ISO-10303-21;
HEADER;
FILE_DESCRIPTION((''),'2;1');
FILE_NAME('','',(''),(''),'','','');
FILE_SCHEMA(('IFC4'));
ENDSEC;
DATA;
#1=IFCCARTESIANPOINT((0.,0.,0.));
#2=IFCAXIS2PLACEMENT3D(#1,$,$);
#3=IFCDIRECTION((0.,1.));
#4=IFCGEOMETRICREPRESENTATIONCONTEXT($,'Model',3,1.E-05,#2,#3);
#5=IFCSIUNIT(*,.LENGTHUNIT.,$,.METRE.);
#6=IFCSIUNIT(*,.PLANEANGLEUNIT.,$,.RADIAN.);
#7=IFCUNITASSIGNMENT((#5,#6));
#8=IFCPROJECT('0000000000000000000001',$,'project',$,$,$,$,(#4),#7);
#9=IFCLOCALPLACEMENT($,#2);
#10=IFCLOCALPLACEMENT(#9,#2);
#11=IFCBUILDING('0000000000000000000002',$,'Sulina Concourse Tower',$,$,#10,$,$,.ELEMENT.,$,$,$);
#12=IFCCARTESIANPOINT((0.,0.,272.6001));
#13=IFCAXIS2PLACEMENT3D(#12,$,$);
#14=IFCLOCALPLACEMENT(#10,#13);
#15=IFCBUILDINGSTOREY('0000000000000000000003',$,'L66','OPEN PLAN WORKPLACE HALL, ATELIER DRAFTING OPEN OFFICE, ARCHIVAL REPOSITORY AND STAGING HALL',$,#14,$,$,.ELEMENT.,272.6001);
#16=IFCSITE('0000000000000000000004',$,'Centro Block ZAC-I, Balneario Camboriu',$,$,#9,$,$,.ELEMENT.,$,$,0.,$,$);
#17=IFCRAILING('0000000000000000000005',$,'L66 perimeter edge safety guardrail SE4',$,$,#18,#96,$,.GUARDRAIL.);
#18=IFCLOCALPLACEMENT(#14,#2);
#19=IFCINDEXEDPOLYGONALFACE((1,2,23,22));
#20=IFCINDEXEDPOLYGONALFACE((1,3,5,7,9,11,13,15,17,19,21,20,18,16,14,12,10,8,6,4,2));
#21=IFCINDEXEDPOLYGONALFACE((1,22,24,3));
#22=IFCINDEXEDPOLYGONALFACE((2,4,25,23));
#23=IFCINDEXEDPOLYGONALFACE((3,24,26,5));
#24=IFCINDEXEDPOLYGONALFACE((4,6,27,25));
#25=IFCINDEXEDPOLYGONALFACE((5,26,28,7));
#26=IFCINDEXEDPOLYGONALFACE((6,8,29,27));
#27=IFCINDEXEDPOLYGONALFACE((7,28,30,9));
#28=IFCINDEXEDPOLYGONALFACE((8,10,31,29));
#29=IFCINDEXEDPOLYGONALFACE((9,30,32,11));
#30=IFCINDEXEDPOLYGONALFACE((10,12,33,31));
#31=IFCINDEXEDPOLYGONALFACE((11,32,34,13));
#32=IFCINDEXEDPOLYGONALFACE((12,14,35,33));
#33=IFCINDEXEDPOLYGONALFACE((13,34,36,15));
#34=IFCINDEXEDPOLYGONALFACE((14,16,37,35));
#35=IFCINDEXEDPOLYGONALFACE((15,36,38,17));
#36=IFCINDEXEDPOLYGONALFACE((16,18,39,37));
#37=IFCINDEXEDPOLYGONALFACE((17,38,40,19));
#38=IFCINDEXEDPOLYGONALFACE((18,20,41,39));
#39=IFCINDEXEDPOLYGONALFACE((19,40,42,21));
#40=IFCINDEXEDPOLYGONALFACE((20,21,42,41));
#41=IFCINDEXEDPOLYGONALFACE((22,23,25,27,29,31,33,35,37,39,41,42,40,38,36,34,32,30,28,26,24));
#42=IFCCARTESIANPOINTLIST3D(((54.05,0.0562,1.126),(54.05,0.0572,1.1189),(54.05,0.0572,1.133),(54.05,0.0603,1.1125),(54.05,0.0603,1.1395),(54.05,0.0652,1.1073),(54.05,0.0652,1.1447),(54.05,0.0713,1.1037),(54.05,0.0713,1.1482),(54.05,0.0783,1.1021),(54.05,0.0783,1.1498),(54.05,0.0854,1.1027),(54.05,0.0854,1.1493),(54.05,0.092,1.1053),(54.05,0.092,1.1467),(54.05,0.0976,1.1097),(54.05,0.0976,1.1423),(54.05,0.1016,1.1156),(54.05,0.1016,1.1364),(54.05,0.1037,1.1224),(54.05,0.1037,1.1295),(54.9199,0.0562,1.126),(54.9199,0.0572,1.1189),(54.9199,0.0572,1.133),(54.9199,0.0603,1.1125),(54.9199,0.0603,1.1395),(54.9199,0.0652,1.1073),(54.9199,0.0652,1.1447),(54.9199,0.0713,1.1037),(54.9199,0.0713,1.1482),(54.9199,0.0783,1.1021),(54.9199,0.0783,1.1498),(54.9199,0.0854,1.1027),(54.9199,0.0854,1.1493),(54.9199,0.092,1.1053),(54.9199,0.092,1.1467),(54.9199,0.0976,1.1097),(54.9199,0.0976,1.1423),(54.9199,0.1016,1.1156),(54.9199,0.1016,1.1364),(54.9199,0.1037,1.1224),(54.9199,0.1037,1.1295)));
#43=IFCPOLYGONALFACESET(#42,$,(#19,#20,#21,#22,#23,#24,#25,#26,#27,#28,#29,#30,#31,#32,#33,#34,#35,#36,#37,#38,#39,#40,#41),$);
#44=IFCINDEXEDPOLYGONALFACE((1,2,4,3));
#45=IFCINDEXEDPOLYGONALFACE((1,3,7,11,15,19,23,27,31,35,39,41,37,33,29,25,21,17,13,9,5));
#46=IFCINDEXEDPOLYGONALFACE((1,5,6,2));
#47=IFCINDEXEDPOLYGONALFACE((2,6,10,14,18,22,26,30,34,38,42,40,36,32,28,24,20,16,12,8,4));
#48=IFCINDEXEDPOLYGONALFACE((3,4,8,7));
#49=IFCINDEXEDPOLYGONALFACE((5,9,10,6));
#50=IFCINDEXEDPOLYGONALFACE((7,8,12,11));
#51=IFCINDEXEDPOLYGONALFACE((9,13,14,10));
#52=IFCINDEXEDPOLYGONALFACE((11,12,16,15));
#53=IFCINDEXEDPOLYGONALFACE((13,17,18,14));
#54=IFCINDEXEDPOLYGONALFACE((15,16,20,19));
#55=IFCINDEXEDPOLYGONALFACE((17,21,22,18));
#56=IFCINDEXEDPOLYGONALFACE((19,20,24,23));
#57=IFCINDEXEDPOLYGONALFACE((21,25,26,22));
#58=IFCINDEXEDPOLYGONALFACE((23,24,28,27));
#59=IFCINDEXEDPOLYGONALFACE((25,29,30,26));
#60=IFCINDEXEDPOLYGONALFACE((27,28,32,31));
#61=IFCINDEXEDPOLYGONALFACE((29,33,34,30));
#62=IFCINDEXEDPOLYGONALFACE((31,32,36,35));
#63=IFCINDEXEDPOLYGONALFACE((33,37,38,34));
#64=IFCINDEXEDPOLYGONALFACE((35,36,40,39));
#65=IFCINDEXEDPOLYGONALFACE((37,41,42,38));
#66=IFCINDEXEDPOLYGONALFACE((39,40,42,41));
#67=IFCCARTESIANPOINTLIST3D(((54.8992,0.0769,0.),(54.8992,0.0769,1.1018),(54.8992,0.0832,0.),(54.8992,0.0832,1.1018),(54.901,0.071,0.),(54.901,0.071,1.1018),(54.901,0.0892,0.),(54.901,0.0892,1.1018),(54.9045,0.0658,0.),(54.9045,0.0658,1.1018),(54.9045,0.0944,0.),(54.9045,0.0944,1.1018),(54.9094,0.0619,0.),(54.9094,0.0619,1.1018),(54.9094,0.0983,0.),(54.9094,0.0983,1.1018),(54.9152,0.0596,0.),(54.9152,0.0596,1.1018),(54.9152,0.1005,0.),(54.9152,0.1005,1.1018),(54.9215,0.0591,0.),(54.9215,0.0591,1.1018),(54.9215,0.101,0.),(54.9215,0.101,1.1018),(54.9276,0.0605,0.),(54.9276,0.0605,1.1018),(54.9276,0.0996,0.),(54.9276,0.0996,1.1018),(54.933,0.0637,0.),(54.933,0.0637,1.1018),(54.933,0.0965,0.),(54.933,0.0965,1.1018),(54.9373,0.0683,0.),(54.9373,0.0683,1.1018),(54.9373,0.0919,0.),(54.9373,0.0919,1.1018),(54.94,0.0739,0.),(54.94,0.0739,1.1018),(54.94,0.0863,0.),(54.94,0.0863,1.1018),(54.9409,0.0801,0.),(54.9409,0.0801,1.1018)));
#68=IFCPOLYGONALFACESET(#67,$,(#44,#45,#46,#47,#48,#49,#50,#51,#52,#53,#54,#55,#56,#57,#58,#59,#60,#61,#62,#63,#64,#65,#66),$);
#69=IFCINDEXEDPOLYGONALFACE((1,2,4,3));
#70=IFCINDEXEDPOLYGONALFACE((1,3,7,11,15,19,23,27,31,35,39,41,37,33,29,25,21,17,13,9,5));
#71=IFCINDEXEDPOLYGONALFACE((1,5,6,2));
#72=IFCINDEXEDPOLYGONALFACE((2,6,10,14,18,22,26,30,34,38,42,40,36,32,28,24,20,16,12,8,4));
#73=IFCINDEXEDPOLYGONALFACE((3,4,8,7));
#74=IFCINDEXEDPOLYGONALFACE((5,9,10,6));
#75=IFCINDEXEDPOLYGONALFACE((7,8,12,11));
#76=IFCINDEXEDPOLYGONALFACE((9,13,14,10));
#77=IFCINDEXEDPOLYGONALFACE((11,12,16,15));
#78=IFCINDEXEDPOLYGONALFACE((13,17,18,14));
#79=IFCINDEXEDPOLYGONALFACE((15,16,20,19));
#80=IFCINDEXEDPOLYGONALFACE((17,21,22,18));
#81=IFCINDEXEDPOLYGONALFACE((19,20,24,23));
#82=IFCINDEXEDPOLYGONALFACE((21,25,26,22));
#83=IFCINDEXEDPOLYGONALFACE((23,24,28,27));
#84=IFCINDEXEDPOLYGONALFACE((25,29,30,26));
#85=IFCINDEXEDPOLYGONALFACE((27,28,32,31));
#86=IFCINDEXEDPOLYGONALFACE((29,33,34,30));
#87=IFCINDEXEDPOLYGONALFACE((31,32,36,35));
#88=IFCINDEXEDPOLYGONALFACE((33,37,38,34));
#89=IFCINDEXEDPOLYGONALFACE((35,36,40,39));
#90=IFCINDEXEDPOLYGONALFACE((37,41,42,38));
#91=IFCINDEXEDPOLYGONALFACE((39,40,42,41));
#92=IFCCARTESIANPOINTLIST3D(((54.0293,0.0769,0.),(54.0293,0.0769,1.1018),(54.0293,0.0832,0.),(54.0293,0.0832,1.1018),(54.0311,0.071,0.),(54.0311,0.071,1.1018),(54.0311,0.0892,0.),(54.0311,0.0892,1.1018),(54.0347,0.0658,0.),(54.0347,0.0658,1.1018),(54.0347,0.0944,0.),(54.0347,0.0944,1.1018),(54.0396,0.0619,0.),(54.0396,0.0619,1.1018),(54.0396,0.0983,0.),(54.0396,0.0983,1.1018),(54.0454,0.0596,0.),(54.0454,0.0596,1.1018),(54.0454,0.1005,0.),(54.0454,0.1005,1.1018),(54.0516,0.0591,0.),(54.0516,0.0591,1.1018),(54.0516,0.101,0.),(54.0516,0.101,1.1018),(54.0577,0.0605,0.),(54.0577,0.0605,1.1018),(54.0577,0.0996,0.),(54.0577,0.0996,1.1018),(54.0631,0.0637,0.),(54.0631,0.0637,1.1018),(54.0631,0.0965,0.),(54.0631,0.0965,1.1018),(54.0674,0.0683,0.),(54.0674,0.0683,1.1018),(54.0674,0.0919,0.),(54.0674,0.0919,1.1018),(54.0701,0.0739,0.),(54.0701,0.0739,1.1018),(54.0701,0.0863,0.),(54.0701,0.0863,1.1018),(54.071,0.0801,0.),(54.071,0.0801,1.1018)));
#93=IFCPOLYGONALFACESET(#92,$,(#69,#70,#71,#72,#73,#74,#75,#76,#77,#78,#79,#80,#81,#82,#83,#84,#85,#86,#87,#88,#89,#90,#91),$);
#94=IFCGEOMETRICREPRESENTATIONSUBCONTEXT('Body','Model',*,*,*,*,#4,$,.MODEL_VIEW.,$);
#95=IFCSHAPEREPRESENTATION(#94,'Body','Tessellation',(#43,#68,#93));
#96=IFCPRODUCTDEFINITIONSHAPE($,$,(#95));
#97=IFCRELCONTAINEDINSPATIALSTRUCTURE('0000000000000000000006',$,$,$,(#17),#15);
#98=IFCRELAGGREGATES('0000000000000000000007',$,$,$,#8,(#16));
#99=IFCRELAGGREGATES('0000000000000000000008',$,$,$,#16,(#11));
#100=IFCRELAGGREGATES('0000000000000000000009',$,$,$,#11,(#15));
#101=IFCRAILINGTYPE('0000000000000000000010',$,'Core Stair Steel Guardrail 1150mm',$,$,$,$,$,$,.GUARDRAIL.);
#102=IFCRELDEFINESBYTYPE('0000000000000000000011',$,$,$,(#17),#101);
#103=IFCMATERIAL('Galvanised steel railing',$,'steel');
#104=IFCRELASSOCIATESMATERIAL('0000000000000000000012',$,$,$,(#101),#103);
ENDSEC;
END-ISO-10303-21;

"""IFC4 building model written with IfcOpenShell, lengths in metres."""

from ifc_helpers import new_model, si_unit, direction, frame, origin, origin_2d, place, context, subcontext, project, spatial, circle, extrude, material, type_object, element, save


model = new_model("IFC4")

# Units and contexts
model_context = context("Model", 3, precision=1e-05, world=origin(), true_north=direction((0.0, 1.0)))
body_context = subcontext(model_context, "Body", "Model", "MODEL_VIEW")
ifc_project = project(units=[si_unit("LENGTHUNIT", "METRE"), si_unit("PLANEANGLEUNIT", "RADIAN")], contexts=[model_context])

# Site, building, storey
site_placement = place(None, origin())
site = spatial("IfcSite", under=ifc_project, at=site_placement, Name="Centro Block ZAC-I, Balneario Camboriu", CompositionType="ELEMENT", RefElevation=0.0)
building_placement = place(site_placement, origin())
building = spatial("IfcBuilding", under=site, at=building_placement, Name="Sulina Concourse Tower", CompositionType="ELEMENT")
storey_placement = place(building_placement, frame((0.0, 0.0, 272.6001)))
storey = spatial("IfcBuildingStorey", under=building, at=storey_placement, Name="L66", Description="OPEN PLAN WORKPLACE HALL, ATELIER DRAFTING OPEN OFFICE, ARCHIVAL REPOSITORY AND STAGING HALL", CompositionType="ELEMENT", Elevation=272.6001)

# Railing
ifc_material_1 = material(Name="Galvanised steel railing", Category="steel")
railing_type = type_object("IfcRailingType", Name="Core Stair Steel Guardrail 1150mm", PredefinedType="GUARDRAIL", material=ifc_material_1)
railing_1_placement = place(storey_placement, frame((54.9199, 0.0801, 0.0)))
element("IfcRailing", 1, at=railing_1_placement, inside=storey, type_object=railing_type, Name="L66 perimeter edge safety guardrail SE4", PredefinedType="GUARDRAIL", context=body_context, shape_type="SweptSolid", body=[
    extrude(circle(Radius=0.0239, at=origin_2d()), frame((0.0, 0.0, 1.126), z_axis=(-1.0, 0.0, 0.0), x_axis=(0.0, -1.0, 0.0)), (0.0, 0.0, 1.0), 0.8699),
    extrude(circle(Radius=0.021, at=origin_2d()), origin(), (0.0, 0.0, 1.0), 1.1018),
    extrude(circle(Radius=0.021, at=origin_2d()), frame((-0.8699, 0.0, 0.0)), (0.0, 0.0, 1.0), 1.1018),
])

save(model, "model.ifc")
